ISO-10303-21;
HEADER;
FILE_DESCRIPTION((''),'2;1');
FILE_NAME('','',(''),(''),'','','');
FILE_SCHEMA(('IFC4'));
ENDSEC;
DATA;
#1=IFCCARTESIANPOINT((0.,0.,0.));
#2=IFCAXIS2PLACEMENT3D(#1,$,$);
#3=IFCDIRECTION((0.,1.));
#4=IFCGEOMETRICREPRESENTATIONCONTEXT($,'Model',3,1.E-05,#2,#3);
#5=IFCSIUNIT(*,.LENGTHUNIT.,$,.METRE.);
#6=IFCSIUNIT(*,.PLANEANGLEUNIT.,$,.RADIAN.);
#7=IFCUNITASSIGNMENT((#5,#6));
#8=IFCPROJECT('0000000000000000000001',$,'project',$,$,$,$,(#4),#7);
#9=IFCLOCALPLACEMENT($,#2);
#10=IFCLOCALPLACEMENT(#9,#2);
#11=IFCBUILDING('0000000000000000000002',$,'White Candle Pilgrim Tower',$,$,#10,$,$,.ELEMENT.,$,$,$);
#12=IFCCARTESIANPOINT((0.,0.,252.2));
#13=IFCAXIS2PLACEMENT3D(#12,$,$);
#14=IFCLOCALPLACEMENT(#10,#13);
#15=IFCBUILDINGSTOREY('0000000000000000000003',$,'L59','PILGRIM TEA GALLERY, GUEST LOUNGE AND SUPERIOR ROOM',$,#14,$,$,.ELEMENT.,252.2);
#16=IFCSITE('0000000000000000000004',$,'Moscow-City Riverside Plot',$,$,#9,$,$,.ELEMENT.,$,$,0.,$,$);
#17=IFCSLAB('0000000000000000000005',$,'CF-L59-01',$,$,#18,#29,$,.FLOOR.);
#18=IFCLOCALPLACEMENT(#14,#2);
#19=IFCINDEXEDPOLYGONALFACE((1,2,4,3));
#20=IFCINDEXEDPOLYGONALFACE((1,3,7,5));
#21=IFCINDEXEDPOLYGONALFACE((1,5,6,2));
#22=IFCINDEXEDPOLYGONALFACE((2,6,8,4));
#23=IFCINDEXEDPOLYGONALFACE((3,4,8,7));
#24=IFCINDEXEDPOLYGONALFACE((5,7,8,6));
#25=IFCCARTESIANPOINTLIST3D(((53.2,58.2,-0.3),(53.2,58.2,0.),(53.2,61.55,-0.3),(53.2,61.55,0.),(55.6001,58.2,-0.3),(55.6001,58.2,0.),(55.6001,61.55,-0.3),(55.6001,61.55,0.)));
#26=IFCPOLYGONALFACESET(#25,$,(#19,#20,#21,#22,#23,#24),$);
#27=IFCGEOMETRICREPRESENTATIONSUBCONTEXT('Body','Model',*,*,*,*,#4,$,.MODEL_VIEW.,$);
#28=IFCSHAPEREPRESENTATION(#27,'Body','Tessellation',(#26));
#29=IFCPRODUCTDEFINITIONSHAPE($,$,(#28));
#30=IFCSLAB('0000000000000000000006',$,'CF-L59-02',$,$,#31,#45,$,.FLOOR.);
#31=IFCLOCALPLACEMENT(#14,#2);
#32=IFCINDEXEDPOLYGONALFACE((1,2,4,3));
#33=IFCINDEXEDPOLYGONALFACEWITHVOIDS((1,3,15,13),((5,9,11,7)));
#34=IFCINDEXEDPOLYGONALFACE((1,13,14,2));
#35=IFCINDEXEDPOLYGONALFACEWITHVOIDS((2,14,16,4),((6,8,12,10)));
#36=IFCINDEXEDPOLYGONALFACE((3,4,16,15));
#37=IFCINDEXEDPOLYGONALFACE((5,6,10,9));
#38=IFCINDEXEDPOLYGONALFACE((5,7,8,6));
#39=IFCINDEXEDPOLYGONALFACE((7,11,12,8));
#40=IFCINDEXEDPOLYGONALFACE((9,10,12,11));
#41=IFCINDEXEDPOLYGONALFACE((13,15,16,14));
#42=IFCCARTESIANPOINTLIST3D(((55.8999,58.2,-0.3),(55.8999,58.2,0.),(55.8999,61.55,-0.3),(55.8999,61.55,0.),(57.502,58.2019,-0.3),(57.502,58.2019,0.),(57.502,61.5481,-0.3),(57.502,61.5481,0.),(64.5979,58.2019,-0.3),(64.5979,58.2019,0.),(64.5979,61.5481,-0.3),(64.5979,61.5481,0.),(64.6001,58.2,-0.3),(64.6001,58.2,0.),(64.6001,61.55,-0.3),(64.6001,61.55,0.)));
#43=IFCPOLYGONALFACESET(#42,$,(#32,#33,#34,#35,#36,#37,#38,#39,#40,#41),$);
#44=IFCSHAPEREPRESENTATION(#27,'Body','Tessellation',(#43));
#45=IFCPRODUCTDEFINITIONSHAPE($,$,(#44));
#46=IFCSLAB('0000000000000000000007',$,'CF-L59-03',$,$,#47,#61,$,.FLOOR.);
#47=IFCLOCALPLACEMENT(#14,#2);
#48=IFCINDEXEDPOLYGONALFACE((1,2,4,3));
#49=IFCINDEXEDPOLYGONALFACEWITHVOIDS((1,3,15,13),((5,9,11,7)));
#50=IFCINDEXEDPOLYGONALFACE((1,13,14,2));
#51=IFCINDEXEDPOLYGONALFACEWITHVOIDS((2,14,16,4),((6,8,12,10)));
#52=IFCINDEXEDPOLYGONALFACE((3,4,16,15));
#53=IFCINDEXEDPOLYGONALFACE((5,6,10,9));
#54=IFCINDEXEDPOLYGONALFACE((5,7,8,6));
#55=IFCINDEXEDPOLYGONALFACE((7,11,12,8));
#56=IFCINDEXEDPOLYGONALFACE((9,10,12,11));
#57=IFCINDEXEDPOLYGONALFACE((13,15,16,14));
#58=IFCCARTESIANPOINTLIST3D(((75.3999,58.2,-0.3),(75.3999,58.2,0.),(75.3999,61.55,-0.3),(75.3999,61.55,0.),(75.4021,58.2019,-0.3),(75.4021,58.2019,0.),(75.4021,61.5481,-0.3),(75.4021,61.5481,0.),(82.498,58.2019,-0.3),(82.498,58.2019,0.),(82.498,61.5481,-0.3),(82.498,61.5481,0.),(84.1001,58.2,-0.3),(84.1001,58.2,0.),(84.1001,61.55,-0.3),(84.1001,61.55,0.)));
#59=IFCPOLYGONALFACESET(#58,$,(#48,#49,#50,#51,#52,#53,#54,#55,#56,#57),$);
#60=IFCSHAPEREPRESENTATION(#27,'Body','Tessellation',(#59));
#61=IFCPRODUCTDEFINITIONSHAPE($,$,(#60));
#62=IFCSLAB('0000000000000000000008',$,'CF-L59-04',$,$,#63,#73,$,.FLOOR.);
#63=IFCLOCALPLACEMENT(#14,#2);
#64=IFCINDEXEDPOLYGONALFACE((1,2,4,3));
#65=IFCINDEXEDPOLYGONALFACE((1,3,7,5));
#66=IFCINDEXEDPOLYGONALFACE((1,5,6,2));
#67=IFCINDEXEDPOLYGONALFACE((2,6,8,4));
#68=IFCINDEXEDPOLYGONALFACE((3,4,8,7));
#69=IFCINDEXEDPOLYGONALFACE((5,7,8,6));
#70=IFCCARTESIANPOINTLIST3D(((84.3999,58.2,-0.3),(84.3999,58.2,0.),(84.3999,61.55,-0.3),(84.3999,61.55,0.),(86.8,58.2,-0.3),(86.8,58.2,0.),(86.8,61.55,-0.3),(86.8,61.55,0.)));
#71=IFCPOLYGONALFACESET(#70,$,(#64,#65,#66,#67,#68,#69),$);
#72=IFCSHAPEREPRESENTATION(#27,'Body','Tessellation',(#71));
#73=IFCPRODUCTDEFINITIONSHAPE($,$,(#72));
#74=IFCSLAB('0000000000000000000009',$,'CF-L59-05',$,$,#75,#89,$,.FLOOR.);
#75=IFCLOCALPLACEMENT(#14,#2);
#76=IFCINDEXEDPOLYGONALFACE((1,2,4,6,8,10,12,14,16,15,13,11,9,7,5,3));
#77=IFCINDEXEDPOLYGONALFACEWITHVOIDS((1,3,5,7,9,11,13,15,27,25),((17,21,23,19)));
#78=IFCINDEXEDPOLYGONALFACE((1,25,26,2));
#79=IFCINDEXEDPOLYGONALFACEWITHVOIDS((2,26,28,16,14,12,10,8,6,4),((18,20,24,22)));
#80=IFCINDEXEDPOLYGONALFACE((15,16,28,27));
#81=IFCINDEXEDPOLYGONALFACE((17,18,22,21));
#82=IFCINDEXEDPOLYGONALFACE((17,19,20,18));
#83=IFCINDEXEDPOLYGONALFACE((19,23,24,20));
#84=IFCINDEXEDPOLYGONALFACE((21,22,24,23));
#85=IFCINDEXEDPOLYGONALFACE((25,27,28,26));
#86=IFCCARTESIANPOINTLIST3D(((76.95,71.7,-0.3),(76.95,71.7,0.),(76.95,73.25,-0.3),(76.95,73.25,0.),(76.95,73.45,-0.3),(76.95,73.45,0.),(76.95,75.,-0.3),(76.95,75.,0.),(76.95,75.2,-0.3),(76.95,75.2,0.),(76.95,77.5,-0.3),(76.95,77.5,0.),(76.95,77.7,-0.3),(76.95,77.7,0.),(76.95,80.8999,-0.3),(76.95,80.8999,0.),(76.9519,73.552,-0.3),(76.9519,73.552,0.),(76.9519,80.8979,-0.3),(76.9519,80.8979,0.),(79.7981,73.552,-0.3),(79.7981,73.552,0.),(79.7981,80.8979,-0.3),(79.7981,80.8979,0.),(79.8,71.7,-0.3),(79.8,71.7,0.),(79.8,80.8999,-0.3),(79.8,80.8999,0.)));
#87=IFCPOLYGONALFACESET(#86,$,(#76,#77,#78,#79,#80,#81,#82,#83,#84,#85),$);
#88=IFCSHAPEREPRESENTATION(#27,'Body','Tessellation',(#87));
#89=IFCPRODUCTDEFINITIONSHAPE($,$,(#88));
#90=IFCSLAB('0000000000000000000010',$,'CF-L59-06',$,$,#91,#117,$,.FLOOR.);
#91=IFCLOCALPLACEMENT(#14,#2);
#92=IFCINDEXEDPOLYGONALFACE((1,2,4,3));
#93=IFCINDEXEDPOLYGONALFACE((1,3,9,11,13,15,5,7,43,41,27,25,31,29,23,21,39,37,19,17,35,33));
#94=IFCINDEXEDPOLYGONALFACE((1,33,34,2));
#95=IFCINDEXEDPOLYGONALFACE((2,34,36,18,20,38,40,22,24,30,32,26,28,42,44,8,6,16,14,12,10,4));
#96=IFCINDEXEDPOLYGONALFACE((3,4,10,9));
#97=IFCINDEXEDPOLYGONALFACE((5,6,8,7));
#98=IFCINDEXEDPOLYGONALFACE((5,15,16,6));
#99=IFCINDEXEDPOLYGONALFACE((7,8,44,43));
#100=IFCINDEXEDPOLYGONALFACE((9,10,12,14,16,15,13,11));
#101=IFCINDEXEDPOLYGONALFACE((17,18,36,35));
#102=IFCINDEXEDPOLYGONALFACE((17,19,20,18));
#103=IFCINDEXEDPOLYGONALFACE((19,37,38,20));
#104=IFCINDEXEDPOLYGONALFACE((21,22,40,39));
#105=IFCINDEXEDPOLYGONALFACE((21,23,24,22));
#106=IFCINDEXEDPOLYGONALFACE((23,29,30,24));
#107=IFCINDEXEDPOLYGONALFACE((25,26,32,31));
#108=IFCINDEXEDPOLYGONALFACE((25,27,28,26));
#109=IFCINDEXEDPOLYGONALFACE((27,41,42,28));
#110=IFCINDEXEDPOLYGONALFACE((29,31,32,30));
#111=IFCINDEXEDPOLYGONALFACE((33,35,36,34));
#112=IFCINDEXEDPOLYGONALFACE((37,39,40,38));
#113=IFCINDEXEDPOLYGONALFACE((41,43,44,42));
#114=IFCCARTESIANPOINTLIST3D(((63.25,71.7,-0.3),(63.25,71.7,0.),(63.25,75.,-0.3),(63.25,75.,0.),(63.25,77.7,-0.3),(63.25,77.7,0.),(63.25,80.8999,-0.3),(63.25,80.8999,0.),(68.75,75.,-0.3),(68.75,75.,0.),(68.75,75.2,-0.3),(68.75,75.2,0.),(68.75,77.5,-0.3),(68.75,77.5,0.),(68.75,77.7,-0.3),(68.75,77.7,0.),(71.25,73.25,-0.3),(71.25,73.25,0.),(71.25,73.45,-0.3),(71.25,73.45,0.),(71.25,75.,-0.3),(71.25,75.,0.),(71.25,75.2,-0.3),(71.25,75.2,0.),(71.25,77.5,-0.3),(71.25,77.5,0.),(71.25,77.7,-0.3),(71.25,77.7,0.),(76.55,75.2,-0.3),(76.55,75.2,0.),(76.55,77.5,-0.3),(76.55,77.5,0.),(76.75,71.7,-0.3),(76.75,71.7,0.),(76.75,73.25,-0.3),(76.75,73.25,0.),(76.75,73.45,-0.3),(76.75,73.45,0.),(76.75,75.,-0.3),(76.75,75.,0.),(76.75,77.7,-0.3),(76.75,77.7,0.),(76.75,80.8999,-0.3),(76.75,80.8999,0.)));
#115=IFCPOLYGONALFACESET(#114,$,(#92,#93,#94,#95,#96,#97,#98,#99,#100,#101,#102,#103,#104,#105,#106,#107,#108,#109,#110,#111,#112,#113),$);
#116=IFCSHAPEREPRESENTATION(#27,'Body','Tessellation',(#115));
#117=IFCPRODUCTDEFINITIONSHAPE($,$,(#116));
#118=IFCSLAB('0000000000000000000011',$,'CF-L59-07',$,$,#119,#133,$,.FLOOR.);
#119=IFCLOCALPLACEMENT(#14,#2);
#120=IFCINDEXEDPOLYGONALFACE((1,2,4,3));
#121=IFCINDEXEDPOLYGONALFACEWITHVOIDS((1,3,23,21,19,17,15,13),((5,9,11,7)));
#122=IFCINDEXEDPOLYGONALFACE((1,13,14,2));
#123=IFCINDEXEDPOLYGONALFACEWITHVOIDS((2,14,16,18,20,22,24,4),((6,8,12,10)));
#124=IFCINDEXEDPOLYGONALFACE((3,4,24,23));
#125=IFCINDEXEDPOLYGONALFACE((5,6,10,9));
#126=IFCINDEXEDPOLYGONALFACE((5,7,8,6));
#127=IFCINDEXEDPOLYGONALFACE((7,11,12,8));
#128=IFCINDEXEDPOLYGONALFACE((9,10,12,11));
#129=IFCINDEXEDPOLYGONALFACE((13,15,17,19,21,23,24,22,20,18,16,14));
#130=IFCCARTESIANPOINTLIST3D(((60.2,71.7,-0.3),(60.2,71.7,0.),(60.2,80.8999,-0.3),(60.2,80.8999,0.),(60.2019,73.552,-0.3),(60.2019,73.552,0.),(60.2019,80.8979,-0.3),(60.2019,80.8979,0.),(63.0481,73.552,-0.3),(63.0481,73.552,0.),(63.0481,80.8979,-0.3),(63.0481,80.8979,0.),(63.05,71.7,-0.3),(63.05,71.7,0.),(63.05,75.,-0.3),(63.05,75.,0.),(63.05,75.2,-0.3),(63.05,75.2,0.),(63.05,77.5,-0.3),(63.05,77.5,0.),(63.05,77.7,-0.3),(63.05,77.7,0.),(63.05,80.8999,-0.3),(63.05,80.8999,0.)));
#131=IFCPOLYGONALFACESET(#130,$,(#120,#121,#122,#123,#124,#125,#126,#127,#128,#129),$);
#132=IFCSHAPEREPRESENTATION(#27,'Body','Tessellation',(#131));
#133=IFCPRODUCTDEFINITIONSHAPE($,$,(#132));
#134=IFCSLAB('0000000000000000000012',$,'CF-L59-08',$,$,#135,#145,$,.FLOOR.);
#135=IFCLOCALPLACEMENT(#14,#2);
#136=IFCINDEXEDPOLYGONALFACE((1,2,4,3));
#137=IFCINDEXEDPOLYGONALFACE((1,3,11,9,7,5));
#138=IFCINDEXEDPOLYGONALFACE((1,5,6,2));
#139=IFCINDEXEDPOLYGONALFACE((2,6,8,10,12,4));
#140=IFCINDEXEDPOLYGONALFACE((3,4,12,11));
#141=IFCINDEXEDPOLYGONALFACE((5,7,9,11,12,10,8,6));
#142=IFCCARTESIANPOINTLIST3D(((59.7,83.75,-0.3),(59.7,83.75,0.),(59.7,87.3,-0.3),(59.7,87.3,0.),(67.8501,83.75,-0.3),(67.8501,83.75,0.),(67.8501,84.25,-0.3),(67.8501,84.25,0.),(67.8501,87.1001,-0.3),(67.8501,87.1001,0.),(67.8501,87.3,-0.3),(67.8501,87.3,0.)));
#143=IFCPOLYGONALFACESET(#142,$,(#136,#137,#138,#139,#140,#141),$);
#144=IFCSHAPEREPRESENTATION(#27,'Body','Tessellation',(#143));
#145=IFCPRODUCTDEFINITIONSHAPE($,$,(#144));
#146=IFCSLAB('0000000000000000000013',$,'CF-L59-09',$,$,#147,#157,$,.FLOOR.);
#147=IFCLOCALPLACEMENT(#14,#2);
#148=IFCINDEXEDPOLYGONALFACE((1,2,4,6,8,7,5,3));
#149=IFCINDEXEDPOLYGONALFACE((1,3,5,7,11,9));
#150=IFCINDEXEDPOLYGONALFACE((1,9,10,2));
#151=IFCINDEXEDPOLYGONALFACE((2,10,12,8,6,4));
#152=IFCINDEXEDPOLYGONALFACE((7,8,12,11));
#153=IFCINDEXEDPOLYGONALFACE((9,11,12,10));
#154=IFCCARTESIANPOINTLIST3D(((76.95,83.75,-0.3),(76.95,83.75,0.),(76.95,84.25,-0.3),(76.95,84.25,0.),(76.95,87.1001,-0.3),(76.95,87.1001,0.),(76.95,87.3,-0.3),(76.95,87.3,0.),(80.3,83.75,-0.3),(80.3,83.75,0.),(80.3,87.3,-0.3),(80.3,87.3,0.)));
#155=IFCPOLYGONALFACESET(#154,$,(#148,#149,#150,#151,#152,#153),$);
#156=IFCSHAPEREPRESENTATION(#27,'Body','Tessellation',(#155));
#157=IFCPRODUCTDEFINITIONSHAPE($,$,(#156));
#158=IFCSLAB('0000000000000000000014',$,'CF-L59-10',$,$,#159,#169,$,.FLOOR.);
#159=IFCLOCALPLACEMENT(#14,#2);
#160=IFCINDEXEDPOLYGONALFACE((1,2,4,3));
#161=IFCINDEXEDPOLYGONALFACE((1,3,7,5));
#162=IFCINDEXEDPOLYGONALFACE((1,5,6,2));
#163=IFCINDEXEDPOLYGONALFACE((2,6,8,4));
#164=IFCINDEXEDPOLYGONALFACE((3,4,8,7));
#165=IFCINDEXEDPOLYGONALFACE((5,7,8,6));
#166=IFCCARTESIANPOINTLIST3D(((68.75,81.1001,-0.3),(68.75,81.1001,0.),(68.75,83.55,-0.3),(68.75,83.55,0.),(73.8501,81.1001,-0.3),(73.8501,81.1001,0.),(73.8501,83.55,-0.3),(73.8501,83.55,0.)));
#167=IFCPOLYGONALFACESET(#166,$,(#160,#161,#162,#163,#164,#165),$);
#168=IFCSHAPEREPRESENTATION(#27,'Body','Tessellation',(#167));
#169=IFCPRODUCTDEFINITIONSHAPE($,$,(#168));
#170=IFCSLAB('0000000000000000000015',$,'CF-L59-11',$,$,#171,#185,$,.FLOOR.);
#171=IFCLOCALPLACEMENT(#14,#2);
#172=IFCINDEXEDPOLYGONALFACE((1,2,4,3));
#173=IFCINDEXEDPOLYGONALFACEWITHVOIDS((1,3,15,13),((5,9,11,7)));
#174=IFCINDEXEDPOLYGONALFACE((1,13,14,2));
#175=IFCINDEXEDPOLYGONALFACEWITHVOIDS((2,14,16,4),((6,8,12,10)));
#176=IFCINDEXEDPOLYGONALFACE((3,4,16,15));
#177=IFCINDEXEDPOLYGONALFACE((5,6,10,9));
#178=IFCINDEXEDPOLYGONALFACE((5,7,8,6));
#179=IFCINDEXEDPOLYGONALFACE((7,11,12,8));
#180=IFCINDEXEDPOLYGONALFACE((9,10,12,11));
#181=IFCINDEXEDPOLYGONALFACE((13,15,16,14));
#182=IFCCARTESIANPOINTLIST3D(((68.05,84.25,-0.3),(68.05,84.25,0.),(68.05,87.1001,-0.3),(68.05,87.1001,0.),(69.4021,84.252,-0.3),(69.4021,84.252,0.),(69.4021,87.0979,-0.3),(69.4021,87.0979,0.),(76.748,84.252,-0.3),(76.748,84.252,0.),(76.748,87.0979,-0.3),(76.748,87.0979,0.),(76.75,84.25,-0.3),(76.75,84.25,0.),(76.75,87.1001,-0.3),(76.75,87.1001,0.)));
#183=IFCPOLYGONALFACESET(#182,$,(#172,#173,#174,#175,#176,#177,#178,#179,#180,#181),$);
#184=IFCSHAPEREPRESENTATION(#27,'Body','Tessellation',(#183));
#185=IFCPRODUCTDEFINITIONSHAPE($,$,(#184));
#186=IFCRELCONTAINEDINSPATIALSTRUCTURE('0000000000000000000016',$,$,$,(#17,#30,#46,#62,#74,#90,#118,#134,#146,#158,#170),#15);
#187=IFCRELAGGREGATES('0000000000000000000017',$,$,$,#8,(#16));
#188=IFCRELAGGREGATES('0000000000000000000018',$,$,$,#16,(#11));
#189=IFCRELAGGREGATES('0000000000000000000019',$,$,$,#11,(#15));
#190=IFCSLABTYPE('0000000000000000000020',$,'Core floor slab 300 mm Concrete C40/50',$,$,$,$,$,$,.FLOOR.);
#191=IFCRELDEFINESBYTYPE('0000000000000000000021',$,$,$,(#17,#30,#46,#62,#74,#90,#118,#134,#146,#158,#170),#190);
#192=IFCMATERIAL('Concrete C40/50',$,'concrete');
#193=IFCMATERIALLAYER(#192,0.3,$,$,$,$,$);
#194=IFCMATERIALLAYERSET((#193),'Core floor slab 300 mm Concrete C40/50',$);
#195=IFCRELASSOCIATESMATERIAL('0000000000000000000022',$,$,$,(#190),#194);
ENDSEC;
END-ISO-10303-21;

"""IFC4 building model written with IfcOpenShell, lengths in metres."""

from ifc_helpers import new_model, si_unit, direction, frame, origin, place, context, subcontext, project, spatial, polyline, outline, extrude, material, layer, layer_set, type_object, element, save


model = new_model("IFC4")

# Units and contexts
model_context = context("Model", 3, precision=1e-05, world=origin(), true_north=direction((0.0, 1.0)))
body_context = subcontext(model_context, "Body", "Model", "MODEL_VIEW")
ifc_project = project(units=[si_unit("LENGTHUNIT", "METRE"), si_unit("PLANEANGLEUNIT", "RADIAN")], contexts=[model_context])

# Site, building, storey
site_placement = place(None, origin())
site = spatial("IfcSite", under=ifc_project, at=site_placement, Name="Moscow-City Riverside Plot", CompositionType="ELEMENT", RefElevation=0.0)
building_placement = place(site_placement, origin())
building = spatial("IfcBuilding", under=site, at=building_placement, Name="White Candle Pilgrim Tower", CompositionType="ELEMENT")
storey_placement = place(building_placement, frame((0.0, 0.0, 252.2)))
storey = spatial("IfcBuildingStorey", under=building, at=storey_placement, Name="L59", Description="PILGRIM TEA GALLERY, GUEST LOUNGE AND SUPERIOR ROOM", CompositionType="ELEMENT", Elevation=252.2)

# Slabs
ifc_material = material(Name="Concrete C40/50", Category="concrete")
ifc_layer_1 = layer(ifc_material, 0.3)
ifc_layer_set_1 = layer_set([ifc_layer_1], Name="Core floor slab 300 mm Concrete C40/50")
slab_type_1 = type_object("IfcSlabType", Name="Core floor slab 300 mm Concrete C40/50", PredefinedType="FLOOR", material=ifc_layer_set_1)
slab_1_placement = place(storey_placement, frame((0.0, 0.0, -0.3)))
element("IfcSlab", 1, at=slab_1_placement, inside=storey, type_object=slab_type_1, Name="CF-L59-01", PredefinedType="FLOOR", context=body_context, shape_type="SweptSolid", body=[
    extrude(outline(polyline([(55.6001, 58.2), (53.2, 58.2), (53.2, 61.55), (55.6001, 61.55), (55.6001, 58.2)])), origin(), (0.0, 0.0, 1.0), 0.3),
])
slab_2_placement = place(storey_placement, frame((0.0, 0.0, -0.3)))
element("IfcSlab", 2, at=slab_2_placement, inside=storey, type_object=slab_type_1, Name="CF-L59-02", PredefinedType="FLOOR", context=body_context, shape_type="SweptSolid", body=[
    extrude(outline(polyline([(55.8999, 58.2), (55.8999, 61.55), (64.6001, 61.55), (64.6001, 58.2), (55.8999, 58.2)]), holes=[polyline([(57.502, 61.5481), (57.502, 58.2019), (64.5979, 58.2019), (64.5979, 61.5481), (57.502, 61.5481)])]), origin(), (0.0, 0.0, 1.0), 0.3),
])
slab_3_placement = place(storey_placement, frame((0.0, 0.0, -0.3)))
element("IfcSlab", 3, at=slab_3_placement, inside=storey, type_object=slab_type_1, Name="CF-L59-03", PredefinedType="FLOOR", context=body_context, shape_type="SweptSolid", body=[
    extrude(outline(polyline([(75.3999, 58.2), (75.3999, 61.55), (84.1001, 61.55), (84.1001, 58.2), (75.3999, 58.2)]), holes=[polyline([(82.498, 61.5481), (75.4021, 61.5481), (75.4021, 58.2019), (82.498, 58.2019), (82.498, 61.5481)])]), origin(), (0.0, 0.0, 1.0), 0.3),
])
slab_4_placement = place(storey_placement, frame((0.0, 0.0, -0.3)))
element("IfcSlab", 4, at=slab_4_placement, inside=storey, type_object=slab_type_1, Name="CF-L59-04", PredefinedType="FLOOR", context=body_context, shape_type="SweptSolid", body=[
    extrude(outline(polyline([(86.8, 58.2), (84.3999, 58.2), (84.3999, 61.55), (86.8, 61.55), (86.8, 58.2)])), origin(), (0.0, 0.0, 1.0), 0.3),
])
slab_5_placement = place(storey_placement, frame((0.0, 0.0, -0.3)))
element("IfcSlab", 5, at=slab_5_placement, inside=storey, type_object=slab_type_1, Name="CF-L59-05", PredefinedType="FLOOR", context=body_context, shape_type="SweptSolid", body=[
    extrude(outline(polyline([(76.95, 71.7), (76.95, 73.25), (76.95, 73.45), (76.95, 75.0), (76.95, 75.2), (76.95, 77.5), (76.95, 77.7), (76.95, 80.8999), (79.8, 80.8999), (79.8, 71.7), (76.95, 71.7)]), holes=[polyline([(76.9519, 73.552), (79.7981, 73.552), (79.7981, 80.8979), (76.9519, 80.8979), (76.9519, 73.552)])]), origin(), (0.0, 0.0, 1.0), 0.3),
])
slab_6_placement = place(storey_placement, frame((0.0, 0.0, -0.3)))
element("IfcSlab", 6, at=slab_6_placement, inside=storey, type_object=slab_type_1, Name="CF-L59-06", PredefinedType="FLOOR", context=body_context, shape_type="SweptSolid", body=[
    extrude(outline(polyline([(63.25, 71.7), (63.25, 75.0), (68.75, 75.0), (68.75, 75.2), (68.75, 77.5), (68.75, 77.7), (63.25, 77.7), (63.25, 80.8999), (76.75, 80.8999), (76.75, 77.7), (71.25, 77.7), (71.25, 77.5), (76.55, 77.5), (76.55, 75.2), (71.25, 75.2), (71.25, 75.0), (76.75, 75.0), (76.75, 73.45), (71.25, 73.45), (71.25, 73.25), (76.75, 73.25), (76.75, 71.7), (63.25, 71.7)])), origin(), (0.0, 0.0, 1.0), 0.3),
])
slab_7_placement = place(storey_placement, frame((0.0, 0.0, -0.3)))
element("IfcSlab", 7, at=slab_7_placement, inside=storey, type_object=slab_type_1, Name="CF-L59-07", PredefinedType="FLOOR", context=body_context, shape_type="SweptSolid", body=[
    extrude(outline(polyline([(60.2, 71.7), (60.2, 80.8999), (63.05, 80.8999), (63.05, 77.7), (63.05, 77.5), (63.05, 75.2), (63.05, 75.0), (63.05, 71.7), (60.2, 71.7)]), holes=[polyline([(60.2019, 73.552), (63.0481, 73.552), (63.0481, 80.8979), (60.2019, 80.8979), (60.2019, 73.552)])]), origin(), (0.0, 0.0, 1.0), 0.3),
])
slab_8_placement = place(storey_placement, frame((0.0, 0.0, -0.3)))
element("IfcSlab", 8, at=slab_8_placement, inside=storey, type_object=slab_type_1, Name="CF-L59-08", PredefinedType="FLOOR", context=body_context, shape_type="SweptSolid", body=[
    extrude(outline(polyline([(59.7, 87.3), (67.8501, 87.3), (67.8501, 87.1001), (67.8501, 84.25), (67.8501, 83.75), (59.7, 83.75), (59.7, 87.3)])), origin(), (0.0, 0.0, 1.0), 0.3),
])
slab_9_placement = place(storey_placement, frame((0.0, 0.0, -0.3)))
element("IfcSlab", 9, at=slab_9_placement, inside=storey, type_object=slab_type_1, Name="CF-L59-09", PredefinedType="FLOOR", context=body_context, shape_type="SweptSolid", body=[
    extrude(outline(polyline([(80.3, 87.3), (80.3, 83.75), (76.95, 83.75), (76.95, 84.25), (76.95, 87.1001), (76.95, 87.3), (80.3, 87.3)])), origin(), (0.0, 0.0, 1.0), 0.3),
])
slab_10_placement = place(storey_placement, frame((0.0, 0.0, -0.3)))
element("IfcSlab", 10, at=slab_10_placement, inside=storey, type_object=slab_type_1, Name="CF-L59-10", PredefinedType="FLOOR", context=body_context, shape_type="SweptSolid", body=[
    extrude(outline(polyline([(68.75, 81.1001), (68.75, 83.55), (73.8501, 83.55), (73.8501, 81.1001), (68.75, 81.1001)])), origin(), (0.0, 0.0, 1.0), 0.3),
])
slab_11_placement = place(storey_placement, frame((0.0, 0.0, -0.3)))
element("IfcSlab", 11, at=slab_11_placement, inside=storey, type_object=slab_type_1, Name="CF-L59-11", PredefinedType="FLOOR", context=body_context, shape_type="SweptSolid", body=[
    extrude(outline(polyline([(68.05, 87.1001), (76.75, 87.1001), (76.75, 84.25), (68.05, 84.25), (68.05, 87.1001)]), holes=[polyline([(69.4021, 84.252), (76.748, 84.252), (76.748, 87.0979), (69.4021, 87.0979), (69.4021, 84.252)])]), origin(), (0.0, 0.0, 1.0), 0.3),
])

save(model, "model.ifc")
